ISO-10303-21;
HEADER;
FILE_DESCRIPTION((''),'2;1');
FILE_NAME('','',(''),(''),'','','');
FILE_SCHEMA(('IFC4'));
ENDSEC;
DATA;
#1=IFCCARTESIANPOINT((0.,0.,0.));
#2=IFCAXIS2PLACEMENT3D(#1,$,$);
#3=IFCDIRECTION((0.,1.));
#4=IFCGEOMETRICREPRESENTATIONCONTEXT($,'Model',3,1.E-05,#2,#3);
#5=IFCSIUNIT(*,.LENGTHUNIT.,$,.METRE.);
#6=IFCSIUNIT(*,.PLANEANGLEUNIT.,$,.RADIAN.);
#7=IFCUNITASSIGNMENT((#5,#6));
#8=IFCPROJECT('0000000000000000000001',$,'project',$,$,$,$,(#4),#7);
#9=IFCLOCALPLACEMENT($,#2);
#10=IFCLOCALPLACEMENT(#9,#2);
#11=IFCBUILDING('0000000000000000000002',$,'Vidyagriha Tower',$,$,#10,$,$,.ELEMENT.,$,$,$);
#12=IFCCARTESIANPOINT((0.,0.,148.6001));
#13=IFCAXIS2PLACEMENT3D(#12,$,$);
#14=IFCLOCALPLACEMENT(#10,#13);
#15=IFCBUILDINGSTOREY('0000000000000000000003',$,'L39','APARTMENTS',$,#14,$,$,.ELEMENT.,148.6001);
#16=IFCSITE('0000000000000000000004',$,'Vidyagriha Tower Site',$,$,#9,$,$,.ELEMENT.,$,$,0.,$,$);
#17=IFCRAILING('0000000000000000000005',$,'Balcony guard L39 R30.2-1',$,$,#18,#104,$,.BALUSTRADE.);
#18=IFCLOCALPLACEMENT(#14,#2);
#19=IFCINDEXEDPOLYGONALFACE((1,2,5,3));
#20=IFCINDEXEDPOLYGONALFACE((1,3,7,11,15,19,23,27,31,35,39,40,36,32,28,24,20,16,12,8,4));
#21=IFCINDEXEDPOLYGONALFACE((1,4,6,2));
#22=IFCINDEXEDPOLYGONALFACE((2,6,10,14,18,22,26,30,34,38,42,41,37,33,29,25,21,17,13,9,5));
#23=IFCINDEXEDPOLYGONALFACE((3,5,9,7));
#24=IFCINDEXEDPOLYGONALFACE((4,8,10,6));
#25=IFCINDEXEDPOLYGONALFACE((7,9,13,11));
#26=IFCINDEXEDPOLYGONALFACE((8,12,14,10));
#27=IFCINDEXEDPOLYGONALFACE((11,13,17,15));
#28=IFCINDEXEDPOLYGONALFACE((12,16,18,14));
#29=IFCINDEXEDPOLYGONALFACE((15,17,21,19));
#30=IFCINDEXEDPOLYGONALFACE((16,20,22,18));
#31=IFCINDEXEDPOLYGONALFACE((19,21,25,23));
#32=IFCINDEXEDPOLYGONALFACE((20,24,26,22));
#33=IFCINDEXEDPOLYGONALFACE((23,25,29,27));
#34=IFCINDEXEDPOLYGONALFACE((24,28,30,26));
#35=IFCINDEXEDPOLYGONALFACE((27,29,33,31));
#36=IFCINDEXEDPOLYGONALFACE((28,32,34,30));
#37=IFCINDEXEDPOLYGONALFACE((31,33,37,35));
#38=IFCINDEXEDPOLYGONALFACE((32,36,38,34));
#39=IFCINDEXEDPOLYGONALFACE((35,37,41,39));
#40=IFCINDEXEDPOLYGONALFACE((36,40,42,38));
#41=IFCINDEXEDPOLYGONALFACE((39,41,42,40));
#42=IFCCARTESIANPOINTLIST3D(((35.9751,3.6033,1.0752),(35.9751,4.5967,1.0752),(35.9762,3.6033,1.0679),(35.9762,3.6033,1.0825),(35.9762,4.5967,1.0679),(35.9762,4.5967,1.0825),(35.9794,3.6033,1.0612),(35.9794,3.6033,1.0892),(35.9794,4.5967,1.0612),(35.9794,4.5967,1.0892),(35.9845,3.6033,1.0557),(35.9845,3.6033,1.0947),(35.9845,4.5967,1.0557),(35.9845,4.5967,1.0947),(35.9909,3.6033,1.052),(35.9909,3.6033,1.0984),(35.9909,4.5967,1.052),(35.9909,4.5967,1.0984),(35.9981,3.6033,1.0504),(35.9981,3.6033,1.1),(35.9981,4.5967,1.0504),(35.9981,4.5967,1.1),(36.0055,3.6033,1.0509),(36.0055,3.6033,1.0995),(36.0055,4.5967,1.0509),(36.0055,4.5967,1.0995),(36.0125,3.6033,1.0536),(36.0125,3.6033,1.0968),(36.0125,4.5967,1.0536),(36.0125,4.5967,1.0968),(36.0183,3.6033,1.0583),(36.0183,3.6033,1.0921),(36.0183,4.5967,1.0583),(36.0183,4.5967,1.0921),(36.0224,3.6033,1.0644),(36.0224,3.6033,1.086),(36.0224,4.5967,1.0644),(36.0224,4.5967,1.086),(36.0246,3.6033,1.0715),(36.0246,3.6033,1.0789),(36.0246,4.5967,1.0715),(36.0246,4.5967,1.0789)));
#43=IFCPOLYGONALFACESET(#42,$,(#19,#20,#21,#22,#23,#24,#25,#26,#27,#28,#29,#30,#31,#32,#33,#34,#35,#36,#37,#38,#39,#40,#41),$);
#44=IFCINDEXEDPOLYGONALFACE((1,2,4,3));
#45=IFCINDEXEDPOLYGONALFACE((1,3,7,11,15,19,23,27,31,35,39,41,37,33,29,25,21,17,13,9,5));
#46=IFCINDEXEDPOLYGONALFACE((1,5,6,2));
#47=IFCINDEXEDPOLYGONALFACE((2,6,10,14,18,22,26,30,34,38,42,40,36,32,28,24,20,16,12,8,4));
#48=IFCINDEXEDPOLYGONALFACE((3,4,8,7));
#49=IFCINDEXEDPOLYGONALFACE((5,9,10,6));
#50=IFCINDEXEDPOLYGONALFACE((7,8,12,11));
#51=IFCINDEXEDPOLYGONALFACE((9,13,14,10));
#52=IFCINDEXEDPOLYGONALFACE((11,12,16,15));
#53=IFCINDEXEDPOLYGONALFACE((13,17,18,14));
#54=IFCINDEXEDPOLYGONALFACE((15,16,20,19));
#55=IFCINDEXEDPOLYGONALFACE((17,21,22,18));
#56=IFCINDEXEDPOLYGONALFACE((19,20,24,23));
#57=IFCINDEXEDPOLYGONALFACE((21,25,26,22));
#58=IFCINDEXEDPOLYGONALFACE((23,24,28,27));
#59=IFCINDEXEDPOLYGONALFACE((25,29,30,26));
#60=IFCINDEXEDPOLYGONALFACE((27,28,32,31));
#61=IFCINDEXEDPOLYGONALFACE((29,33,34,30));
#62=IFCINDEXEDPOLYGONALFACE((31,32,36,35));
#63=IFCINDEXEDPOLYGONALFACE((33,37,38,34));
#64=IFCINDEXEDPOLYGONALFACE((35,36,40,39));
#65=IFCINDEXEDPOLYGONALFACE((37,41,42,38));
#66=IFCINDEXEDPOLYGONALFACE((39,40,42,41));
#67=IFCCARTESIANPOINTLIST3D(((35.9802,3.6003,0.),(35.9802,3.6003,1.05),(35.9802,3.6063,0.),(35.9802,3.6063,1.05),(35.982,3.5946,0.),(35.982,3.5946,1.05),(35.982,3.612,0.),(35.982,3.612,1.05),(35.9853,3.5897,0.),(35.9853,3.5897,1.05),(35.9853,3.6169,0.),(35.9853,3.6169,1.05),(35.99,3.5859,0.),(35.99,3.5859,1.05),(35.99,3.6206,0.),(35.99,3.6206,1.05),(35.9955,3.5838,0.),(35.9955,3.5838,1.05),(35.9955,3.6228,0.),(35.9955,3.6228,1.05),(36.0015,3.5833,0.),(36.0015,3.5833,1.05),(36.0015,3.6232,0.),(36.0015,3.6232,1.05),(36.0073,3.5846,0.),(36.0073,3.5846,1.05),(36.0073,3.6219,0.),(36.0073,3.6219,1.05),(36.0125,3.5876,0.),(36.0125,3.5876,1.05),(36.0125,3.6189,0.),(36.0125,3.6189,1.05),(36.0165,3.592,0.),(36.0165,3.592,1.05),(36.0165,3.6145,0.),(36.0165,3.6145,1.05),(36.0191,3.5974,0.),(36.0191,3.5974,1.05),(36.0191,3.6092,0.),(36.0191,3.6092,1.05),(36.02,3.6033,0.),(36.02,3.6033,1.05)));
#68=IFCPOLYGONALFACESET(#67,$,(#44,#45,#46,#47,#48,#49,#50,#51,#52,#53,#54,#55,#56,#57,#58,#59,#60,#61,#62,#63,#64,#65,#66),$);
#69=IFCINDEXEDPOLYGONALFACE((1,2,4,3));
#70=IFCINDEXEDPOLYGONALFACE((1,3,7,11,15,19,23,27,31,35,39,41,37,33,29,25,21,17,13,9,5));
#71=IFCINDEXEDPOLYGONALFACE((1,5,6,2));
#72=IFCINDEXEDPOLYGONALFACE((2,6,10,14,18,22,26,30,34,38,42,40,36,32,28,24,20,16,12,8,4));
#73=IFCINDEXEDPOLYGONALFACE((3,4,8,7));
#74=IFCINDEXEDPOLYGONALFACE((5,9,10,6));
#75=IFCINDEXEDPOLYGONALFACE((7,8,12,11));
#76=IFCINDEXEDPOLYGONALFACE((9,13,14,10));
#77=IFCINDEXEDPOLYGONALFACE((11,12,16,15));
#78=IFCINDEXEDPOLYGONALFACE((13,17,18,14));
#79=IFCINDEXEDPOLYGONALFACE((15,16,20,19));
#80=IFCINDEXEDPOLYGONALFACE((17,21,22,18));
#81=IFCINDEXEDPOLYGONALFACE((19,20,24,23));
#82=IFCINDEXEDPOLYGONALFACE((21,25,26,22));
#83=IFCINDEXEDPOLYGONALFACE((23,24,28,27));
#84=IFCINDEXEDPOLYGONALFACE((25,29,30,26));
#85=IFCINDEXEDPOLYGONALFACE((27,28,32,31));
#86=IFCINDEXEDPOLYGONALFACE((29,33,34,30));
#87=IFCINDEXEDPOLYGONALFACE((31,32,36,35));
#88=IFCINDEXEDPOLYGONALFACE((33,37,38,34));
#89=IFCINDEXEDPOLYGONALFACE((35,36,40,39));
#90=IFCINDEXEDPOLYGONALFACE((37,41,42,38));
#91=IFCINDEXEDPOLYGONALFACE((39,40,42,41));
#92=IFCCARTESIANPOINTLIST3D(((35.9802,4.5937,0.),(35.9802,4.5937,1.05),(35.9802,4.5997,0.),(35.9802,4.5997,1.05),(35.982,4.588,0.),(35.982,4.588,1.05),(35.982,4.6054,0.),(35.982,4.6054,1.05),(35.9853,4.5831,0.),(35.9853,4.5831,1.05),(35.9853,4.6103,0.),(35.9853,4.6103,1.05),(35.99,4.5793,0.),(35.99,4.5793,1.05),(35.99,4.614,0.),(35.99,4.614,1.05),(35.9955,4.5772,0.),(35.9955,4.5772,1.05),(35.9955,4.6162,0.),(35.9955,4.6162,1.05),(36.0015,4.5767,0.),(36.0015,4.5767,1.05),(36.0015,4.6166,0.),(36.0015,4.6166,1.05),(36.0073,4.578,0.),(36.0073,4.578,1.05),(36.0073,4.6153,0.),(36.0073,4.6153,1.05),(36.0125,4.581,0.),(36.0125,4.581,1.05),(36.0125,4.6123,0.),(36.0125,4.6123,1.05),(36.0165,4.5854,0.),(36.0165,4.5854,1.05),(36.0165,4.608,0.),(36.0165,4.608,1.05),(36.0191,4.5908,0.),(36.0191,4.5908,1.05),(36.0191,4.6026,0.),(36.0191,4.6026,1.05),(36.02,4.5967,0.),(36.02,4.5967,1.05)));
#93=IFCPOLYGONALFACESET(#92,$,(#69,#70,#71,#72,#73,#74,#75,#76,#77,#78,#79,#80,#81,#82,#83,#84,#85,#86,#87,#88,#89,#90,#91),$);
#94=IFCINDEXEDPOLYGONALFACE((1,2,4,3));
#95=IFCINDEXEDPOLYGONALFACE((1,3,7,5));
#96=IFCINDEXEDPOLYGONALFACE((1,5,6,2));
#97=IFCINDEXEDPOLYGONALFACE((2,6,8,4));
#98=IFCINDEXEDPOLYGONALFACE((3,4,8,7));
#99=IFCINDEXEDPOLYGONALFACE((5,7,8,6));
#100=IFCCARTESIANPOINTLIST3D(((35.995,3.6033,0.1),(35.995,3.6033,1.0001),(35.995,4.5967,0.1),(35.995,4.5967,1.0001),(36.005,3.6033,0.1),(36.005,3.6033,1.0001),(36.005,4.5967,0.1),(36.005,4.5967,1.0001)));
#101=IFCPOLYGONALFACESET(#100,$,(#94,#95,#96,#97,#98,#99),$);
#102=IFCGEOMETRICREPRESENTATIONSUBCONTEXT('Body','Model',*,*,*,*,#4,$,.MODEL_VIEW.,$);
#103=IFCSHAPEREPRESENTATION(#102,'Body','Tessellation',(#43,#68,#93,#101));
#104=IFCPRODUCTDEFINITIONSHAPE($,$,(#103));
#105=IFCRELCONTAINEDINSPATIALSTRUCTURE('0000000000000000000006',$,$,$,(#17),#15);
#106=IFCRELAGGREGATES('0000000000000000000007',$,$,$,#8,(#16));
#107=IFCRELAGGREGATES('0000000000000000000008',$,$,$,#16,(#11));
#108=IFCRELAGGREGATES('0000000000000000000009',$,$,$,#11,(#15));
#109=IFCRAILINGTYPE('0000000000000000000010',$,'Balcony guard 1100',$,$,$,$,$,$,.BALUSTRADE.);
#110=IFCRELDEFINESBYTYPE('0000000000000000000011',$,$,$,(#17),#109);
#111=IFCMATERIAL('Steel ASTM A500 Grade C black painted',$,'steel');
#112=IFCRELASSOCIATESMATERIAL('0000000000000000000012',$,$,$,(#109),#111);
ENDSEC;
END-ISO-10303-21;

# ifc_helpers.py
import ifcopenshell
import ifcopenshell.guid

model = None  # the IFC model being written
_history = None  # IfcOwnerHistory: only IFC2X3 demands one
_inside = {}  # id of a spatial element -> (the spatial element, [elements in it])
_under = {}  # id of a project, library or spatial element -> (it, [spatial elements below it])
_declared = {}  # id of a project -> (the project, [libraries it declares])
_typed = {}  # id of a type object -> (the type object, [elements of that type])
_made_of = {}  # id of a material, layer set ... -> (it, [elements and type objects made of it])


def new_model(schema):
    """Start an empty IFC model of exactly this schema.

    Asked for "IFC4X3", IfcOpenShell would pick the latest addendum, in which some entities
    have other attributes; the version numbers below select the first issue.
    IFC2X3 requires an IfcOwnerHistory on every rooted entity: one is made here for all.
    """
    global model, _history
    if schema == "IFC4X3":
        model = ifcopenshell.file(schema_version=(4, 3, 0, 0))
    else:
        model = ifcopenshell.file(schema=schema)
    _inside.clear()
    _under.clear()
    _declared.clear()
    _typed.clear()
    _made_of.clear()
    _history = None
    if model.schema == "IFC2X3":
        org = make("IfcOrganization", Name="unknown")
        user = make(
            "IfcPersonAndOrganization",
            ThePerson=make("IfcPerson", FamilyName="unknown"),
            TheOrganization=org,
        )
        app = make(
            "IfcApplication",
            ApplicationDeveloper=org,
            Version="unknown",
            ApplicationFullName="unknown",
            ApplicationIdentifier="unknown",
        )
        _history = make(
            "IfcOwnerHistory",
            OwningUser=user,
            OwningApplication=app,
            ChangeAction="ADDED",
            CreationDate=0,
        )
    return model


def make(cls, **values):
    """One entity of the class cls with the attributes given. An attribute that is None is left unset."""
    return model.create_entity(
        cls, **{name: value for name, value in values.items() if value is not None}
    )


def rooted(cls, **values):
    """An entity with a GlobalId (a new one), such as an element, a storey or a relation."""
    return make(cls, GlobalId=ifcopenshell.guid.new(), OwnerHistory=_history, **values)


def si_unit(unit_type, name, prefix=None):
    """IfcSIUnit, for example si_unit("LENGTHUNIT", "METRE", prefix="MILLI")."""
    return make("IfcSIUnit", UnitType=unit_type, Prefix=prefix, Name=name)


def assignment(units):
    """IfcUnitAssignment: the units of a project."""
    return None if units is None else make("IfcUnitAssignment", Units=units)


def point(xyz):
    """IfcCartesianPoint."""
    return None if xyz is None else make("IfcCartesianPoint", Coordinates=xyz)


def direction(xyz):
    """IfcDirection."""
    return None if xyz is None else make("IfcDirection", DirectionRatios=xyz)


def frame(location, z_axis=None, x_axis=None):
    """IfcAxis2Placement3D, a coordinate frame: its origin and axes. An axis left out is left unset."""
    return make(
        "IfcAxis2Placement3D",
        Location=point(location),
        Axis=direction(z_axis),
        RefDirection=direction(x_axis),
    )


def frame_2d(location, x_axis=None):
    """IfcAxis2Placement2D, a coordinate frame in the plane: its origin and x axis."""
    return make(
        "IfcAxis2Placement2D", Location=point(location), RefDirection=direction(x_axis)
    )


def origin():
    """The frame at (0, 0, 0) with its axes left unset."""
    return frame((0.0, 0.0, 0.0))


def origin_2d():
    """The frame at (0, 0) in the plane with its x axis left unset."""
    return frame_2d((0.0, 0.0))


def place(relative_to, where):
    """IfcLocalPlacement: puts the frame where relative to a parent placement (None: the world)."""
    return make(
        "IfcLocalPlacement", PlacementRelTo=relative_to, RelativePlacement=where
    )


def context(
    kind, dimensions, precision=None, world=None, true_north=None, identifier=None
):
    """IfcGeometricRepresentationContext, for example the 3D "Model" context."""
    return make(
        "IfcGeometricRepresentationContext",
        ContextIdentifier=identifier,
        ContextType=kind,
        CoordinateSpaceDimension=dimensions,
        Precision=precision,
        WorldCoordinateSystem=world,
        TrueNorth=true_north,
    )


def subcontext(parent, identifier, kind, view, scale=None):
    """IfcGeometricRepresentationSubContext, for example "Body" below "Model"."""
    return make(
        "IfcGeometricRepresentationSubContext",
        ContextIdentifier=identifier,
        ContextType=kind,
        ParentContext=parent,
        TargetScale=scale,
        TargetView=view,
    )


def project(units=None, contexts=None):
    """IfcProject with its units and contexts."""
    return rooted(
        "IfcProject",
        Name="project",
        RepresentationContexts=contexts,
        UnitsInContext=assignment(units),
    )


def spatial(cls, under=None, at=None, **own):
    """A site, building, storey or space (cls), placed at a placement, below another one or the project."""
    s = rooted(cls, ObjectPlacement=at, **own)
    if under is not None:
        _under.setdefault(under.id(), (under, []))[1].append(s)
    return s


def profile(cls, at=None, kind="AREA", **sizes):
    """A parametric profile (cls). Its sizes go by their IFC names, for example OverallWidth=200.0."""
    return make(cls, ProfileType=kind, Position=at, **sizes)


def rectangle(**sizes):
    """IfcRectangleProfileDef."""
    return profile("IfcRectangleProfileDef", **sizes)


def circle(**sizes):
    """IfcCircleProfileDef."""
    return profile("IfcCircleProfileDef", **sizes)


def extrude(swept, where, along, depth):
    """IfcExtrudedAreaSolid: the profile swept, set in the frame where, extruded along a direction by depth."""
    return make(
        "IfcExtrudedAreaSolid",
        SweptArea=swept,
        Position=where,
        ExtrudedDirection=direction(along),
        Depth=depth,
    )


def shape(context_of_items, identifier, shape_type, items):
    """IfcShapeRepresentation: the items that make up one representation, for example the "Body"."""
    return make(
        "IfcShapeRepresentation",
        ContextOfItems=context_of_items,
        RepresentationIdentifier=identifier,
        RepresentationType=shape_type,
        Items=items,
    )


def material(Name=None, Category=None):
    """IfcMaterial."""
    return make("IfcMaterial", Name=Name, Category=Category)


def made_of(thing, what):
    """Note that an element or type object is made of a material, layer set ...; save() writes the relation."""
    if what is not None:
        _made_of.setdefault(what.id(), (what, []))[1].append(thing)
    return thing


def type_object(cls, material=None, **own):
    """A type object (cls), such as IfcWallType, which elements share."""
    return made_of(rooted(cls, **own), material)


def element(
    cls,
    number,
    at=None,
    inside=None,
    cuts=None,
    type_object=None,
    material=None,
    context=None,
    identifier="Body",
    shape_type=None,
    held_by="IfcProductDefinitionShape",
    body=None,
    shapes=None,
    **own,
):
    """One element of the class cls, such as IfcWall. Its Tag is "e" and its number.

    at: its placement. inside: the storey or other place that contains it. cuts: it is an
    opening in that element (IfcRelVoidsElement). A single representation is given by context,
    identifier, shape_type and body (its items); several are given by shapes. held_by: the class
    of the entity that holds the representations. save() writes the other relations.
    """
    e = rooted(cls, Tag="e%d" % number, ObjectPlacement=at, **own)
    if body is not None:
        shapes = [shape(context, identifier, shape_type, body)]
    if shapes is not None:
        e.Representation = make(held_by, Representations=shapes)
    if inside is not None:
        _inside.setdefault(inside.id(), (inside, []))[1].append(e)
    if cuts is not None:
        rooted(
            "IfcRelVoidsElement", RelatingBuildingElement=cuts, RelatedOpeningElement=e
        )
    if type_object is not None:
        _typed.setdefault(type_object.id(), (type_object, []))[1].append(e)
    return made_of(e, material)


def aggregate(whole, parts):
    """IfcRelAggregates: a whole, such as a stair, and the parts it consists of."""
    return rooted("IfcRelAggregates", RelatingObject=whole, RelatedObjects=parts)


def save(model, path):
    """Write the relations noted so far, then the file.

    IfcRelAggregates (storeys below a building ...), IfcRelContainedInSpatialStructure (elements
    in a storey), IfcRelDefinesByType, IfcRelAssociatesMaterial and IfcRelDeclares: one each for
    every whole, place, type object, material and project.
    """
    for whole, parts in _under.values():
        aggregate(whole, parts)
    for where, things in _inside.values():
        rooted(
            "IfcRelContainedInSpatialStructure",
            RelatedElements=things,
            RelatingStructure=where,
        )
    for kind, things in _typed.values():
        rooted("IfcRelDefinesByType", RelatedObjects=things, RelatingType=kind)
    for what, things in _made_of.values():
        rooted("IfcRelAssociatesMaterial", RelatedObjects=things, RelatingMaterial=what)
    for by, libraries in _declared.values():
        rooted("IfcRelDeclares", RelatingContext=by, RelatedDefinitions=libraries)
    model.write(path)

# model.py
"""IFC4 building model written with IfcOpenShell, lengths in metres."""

from ifc_helpers import new_model, si_unit, direction, frame, origin, origin_2d, place, context, subcontext, project, spatial, rectangle, circle, extrude, material, type_object, element, save


model = new_model("IFC4")

# Units and contexts
model_context = context("Model", 3, precision=1e-05, world=origin(), true_north=direction((0.0, 1.0)))
body_context = subcontext(model_context, "Body", "Model", "MODEL_VIEW")
ifc_project = project(units=[si_unit("LENGTHUNIT", "METRE"), si_unit("PLANEANGLEUNIT", "RADIAN")], contexts=[model_context])

# Site, building, storey
site_placement = place(None, origin())
site = spatial("IfcSite", under=ifc_project, at=site_placement, Name="Vidyagriha Tower Site", CompositionType="ELEMENT", RefElevation=0.0)
building_placement = place(site_placement, origin())
building = spatial("IfcBuilding", under=site, at=building_placement, Name="Vidyagriha Tower", CompositionType="ELEMENT")
storey_placement = place(building_placement, frame((0.0, 0.0, 148.6001)))
storey = spatial("IfcBuildingStorey", under=building, at=storey_placement, Name="L39", Description="APARTMENTS", CompositionType="ELEMENT", Elevation=148.6001)

# Railing
ifc_material_1 = material(Name="Steel ASTM A500 Grade C black painted", Category="steel")
railing_type_1 = type_object("IfcRailingType", Name="Balcony guard 1100", PredefinedType="BALUSTRADE", material=ifc_material_1)
railing_1_placement = place(storey_placement, frame((36.0, 3.6033, 0.0)))
element("IfcRailing", 1, at=railing_1_placement, inside=storey, type_object=railing_type_1, Name="Balcony guard L39 R30.2-1", PredefinedType="BALUSTRADE", context=body_context, shape_type="SweptSolid", body=[
    extrude(circle(Radius=0.0249, at=origin_2d()), frame((0.0, 0.0, 1.0752), z_axis=(0.0, 1.0, 0.0), x_axis=(-1.0, 0.0, 0.0)), (0.0, 0.0, 1.0), 0.9934),
    extrude(circle(Radius=0.02, at=origin_2d()), origin(), (0.0, 0.0, 1.0), 1.05),
    extrude(circle(Radius=0.02, at=origin_2d()), frame((0.0, 0.9934, 0.0)), (0.0, 0.0, 1.0), 1.05),
    extrude(rectangle(XDim=0.01, YDim=0.9001, at=origin_2d()), frame((0.0, 0.0, 0.55), z_axis=(0.0, 1.0, 0.0), x_axis=(-1.0, 0.0, 0.0)), (0.0, 0.0, 1.0), 0.9934),
])

save(model, "model.ifc")
